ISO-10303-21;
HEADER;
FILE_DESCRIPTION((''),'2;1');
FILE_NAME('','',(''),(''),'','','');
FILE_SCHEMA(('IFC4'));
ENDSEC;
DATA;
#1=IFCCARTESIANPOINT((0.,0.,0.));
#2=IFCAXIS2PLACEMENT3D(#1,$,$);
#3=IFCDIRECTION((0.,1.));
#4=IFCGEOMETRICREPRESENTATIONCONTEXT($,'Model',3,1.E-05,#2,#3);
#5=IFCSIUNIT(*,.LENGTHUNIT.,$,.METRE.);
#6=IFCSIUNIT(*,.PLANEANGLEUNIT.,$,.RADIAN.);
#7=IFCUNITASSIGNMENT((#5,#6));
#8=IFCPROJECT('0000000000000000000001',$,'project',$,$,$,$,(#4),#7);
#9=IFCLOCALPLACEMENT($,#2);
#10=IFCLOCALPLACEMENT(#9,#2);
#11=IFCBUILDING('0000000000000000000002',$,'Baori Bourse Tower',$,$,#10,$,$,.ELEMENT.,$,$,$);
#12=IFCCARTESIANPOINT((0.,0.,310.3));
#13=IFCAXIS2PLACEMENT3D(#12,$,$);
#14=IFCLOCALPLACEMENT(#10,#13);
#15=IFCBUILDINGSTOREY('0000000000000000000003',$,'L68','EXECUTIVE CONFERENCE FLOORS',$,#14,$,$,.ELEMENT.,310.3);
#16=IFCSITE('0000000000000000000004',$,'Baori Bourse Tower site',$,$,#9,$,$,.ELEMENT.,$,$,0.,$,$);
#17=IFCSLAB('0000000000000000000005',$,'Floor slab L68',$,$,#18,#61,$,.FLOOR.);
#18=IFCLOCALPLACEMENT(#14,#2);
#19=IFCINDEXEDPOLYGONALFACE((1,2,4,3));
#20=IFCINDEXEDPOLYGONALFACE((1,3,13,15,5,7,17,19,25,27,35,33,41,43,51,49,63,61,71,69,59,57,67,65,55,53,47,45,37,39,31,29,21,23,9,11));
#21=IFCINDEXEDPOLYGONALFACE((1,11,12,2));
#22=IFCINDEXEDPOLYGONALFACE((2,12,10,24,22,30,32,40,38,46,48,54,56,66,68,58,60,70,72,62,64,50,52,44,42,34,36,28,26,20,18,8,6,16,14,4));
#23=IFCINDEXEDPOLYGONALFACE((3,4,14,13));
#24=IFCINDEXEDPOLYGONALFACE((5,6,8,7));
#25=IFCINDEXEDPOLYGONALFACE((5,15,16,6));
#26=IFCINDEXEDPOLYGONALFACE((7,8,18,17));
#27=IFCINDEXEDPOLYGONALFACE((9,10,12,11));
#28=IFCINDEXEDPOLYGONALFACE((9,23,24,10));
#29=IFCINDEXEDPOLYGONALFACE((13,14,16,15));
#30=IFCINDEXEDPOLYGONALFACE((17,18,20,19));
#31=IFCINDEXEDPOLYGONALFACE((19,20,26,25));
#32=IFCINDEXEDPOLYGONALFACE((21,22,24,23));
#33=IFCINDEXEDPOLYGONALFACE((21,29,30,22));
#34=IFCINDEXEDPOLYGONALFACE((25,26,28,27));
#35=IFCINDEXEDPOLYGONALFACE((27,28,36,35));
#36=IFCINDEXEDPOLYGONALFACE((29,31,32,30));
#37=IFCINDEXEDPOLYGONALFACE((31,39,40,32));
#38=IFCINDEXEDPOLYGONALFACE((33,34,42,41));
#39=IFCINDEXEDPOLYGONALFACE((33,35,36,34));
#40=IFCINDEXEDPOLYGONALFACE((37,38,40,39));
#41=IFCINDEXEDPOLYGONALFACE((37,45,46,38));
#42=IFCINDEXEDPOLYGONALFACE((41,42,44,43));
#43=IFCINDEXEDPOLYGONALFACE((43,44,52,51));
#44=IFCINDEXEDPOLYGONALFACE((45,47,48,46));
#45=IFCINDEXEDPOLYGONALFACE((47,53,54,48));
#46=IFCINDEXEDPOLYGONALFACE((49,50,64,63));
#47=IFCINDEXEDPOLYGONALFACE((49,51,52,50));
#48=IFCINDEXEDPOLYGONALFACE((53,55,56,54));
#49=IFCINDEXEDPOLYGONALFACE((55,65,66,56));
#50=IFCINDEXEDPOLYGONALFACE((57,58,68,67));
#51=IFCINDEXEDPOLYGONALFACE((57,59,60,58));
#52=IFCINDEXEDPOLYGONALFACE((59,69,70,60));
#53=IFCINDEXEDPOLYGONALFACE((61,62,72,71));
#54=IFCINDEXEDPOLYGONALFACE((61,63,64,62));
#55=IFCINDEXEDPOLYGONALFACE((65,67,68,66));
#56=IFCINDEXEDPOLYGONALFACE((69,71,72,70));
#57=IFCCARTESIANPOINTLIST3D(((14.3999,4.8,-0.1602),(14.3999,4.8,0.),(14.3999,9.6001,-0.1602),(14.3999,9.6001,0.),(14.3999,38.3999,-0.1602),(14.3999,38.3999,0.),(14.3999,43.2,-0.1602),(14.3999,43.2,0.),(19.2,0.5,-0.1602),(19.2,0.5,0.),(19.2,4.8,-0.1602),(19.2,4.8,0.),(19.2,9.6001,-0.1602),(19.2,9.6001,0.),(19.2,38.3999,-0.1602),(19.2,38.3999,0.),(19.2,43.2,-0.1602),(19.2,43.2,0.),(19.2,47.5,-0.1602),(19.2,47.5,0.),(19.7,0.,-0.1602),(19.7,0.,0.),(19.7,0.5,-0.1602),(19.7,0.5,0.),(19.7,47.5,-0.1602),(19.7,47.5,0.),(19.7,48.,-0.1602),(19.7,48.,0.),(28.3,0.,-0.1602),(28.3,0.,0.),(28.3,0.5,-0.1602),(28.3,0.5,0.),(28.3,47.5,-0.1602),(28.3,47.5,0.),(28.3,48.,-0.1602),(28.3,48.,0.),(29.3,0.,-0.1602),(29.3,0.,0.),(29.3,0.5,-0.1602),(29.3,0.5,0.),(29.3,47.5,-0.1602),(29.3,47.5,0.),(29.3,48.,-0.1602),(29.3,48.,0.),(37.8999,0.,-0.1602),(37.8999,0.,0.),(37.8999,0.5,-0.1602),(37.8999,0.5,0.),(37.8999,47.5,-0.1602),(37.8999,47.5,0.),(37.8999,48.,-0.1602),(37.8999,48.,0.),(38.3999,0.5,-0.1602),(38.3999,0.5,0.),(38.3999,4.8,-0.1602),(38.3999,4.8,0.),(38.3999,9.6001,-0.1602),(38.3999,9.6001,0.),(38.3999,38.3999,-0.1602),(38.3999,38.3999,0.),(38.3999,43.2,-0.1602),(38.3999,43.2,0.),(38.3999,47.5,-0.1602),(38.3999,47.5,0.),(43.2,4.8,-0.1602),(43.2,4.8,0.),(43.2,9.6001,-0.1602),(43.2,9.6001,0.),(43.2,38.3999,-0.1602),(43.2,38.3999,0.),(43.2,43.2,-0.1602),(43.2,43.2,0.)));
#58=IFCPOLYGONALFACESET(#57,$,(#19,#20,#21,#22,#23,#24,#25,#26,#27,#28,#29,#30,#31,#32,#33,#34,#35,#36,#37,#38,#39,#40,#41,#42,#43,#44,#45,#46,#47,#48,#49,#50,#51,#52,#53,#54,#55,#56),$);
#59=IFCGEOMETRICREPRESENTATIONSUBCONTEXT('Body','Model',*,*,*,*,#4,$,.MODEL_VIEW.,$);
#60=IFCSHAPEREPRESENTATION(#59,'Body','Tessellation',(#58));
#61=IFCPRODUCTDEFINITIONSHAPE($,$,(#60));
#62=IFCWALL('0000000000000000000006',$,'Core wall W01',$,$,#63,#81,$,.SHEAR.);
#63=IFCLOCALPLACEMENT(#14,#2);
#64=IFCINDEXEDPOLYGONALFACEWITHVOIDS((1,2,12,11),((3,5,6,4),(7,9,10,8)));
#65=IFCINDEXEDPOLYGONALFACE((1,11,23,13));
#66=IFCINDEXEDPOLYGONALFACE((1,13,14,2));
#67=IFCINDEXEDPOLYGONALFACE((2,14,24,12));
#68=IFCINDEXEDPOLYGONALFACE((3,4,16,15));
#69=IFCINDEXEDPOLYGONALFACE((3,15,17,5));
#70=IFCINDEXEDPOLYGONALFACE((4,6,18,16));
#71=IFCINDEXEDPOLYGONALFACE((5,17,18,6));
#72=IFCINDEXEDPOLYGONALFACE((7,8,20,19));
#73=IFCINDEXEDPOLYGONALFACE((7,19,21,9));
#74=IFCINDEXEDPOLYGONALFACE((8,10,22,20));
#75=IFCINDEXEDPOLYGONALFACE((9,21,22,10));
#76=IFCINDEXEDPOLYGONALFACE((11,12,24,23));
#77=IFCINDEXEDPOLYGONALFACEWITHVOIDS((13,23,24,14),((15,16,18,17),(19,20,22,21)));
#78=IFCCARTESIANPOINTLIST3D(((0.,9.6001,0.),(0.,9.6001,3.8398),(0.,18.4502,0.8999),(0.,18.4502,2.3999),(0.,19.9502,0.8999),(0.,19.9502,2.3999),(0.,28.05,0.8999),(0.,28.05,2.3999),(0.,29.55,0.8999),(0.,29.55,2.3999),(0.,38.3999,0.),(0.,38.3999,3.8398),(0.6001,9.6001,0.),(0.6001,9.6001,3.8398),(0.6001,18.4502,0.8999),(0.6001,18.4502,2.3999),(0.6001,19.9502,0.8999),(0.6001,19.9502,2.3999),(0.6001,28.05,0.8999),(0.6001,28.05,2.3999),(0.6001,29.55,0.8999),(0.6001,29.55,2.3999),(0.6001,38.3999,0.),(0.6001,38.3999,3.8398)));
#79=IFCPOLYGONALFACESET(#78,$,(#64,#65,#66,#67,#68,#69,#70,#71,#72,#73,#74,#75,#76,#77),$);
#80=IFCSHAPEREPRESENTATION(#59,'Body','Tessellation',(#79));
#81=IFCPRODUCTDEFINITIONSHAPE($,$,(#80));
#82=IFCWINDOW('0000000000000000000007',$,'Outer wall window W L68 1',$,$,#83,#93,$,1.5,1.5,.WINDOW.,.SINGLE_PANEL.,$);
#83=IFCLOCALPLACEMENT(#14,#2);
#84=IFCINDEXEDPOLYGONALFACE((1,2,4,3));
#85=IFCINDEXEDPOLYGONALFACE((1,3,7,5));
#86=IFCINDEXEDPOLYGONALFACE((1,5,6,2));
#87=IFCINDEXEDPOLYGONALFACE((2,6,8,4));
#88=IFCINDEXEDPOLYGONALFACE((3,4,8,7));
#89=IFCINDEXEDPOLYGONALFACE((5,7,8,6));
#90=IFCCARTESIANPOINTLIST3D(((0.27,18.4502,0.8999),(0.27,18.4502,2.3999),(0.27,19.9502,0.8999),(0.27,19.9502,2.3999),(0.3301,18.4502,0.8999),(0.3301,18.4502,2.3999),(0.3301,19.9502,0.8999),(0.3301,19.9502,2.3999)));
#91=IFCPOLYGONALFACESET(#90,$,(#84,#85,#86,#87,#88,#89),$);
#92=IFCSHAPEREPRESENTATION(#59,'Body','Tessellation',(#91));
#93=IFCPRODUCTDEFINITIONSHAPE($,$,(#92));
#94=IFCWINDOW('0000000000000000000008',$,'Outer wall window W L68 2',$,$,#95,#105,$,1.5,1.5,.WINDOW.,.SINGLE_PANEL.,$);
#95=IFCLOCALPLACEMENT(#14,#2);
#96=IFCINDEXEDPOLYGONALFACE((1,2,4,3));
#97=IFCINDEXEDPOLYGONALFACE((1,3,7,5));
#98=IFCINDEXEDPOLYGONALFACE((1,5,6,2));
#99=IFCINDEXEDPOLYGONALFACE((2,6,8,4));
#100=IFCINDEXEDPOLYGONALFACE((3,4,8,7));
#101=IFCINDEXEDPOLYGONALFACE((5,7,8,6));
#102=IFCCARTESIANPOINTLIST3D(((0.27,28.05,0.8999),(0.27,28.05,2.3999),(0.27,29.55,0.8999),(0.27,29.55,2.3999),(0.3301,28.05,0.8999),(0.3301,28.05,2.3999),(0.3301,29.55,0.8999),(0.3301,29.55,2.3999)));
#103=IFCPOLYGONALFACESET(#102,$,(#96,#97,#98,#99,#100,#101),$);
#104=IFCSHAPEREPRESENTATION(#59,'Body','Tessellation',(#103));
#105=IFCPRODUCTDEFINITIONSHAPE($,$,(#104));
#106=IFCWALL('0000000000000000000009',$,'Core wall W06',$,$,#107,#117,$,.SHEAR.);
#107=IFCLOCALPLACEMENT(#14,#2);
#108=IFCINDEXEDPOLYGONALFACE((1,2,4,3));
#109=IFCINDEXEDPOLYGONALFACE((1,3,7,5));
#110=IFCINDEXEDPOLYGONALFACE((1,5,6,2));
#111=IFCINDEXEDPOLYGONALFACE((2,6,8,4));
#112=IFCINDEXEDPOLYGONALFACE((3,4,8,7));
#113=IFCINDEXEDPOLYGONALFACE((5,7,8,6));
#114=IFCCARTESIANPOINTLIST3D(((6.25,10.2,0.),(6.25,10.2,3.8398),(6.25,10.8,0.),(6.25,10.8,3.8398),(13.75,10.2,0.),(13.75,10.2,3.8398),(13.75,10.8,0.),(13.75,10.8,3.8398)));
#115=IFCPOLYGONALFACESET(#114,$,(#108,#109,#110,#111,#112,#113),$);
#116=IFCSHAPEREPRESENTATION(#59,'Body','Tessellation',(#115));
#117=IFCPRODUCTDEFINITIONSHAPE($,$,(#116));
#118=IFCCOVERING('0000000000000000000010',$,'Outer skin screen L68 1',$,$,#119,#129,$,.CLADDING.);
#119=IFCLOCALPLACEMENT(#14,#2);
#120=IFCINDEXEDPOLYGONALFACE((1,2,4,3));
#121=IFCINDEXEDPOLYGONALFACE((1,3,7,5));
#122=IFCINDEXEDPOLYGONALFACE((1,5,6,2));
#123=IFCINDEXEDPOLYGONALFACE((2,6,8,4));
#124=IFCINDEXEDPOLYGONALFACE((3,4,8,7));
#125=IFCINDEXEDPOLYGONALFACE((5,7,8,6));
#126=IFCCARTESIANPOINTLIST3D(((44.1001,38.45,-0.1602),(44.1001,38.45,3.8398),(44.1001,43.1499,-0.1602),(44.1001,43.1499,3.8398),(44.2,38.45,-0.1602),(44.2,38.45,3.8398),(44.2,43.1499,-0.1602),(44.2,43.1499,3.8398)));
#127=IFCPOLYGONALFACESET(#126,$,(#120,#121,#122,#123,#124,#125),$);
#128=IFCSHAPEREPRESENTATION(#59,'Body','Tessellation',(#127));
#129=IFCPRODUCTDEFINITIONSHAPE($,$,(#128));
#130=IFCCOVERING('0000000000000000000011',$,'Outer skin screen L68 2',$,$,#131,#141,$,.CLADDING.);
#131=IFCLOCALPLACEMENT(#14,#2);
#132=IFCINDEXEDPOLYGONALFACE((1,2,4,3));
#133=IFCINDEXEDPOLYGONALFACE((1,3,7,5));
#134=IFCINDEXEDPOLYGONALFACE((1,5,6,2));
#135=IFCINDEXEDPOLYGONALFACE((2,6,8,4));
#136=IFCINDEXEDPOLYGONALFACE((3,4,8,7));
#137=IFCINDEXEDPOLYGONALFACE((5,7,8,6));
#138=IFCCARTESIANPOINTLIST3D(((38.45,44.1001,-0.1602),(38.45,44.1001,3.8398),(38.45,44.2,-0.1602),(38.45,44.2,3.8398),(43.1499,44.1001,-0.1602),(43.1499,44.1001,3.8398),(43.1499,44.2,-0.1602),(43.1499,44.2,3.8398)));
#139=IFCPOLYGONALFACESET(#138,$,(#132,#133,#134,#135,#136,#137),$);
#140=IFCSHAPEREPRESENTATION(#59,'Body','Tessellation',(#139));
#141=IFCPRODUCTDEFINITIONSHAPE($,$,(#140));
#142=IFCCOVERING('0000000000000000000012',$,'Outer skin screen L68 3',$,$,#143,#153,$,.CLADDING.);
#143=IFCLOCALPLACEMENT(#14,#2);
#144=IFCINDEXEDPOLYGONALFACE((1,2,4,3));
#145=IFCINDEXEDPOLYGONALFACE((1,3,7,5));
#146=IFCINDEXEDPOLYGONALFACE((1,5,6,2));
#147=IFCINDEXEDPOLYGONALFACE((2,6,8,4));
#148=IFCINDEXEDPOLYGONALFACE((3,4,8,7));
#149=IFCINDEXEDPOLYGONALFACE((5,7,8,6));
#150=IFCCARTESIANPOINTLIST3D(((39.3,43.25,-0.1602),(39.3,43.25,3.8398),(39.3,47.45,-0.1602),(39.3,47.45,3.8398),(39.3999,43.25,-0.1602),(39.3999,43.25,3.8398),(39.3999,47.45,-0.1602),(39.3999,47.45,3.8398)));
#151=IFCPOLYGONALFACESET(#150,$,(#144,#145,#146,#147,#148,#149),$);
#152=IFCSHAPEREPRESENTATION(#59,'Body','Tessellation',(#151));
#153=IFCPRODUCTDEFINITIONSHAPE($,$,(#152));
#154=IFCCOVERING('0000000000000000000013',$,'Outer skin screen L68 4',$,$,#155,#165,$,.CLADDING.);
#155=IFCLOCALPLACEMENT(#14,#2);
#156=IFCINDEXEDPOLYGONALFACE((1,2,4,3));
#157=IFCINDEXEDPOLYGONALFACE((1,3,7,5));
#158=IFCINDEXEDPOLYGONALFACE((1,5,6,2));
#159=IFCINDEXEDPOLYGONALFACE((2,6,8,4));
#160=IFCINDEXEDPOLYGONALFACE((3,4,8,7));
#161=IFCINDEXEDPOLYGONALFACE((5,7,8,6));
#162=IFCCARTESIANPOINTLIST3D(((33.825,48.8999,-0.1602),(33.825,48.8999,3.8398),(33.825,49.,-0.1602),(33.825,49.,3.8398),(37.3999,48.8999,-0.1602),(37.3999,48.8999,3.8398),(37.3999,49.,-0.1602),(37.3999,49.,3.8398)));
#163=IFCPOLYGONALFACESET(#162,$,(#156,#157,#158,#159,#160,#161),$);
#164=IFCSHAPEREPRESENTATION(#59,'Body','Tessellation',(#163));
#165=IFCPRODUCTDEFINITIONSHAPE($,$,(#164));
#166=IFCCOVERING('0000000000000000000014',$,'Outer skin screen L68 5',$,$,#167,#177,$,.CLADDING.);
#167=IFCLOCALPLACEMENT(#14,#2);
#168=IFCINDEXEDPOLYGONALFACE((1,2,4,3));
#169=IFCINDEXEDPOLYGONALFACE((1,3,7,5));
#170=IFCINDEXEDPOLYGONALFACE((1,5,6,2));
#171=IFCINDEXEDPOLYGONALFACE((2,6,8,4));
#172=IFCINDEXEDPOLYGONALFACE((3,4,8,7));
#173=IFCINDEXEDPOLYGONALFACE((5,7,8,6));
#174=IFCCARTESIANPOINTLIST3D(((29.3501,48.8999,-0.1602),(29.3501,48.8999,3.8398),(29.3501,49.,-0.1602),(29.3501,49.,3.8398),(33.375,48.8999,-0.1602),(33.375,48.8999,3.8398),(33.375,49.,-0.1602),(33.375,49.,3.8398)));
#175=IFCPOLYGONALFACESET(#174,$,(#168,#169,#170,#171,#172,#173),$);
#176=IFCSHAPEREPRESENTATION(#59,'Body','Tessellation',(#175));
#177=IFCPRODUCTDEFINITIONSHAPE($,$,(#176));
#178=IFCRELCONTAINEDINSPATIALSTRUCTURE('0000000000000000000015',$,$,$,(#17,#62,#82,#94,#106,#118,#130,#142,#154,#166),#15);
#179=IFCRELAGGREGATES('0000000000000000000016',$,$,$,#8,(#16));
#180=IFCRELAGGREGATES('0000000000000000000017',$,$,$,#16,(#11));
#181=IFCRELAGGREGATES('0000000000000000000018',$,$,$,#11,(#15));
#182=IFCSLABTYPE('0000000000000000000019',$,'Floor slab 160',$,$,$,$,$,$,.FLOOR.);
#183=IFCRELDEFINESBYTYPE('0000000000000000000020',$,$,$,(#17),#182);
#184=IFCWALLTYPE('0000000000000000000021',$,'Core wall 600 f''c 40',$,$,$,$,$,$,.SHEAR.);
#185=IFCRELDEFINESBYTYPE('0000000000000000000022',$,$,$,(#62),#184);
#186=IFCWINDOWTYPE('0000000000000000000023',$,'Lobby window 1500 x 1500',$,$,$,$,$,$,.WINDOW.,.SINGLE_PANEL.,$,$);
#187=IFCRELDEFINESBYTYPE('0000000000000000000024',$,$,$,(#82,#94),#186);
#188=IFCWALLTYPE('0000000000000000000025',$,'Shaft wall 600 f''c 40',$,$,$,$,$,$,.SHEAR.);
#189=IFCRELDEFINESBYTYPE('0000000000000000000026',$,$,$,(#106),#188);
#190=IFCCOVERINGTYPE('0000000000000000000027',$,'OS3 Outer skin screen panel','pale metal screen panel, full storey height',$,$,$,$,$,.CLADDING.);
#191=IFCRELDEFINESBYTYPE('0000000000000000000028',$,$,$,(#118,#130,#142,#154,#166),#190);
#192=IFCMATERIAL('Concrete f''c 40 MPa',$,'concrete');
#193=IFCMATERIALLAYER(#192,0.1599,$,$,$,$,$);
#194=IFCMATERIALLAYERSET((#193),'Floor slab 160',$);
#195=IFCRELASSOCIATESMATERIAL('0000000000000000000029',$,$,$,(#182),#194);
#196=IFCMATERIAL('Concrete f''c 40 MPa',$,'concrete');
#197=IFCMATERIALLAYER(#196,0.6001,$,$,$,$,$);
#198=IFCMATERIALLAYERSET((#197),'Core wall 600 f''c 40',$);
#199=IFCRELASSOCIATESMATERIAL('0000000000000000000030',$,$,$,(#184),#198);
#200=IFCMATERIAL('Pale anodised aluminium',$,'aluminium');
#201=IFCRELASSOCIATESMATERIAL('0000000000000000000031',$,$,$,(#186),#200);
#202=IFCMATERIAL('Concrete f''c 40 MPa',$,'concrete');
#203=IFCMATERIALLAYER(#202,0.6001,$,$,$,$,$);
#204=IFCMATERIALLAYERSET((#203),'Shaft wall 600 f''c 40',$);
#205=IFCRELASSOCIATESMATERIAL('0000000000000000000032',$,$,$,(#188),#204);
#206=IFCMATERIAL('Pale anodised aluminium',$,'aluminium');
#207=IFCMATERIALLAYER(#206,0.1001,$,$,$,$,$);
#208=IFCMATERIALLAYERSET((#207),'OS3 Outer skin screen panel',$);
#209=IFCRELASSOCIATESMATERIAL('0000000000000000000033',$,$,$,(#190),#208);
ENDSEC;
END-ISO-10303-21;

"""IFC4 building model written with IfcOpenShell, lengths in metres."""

from ifc_helpers import new_model, si_unit, direction, frame, frame_2d, origin, place, context, subcontext, project, spatial, polyline, rectangle, outline, extrude, material, layer, layer_set, type_object, element, fill, save


model = new_model("IFC4")

# Units and contexts
model_context = context("Model", 3, precision=1e-05, world=origin(), true_north=direction((0.0, 1.0)))
body_context = subcontext(model_context, "Body", "Model", "MODEL_VIEW")
ifc_project = project(units=[si_unit("LENGTHUNIT", "METRE"), si_unit("PLANEANGLEUNIT", "RADIAN")], contexts=[model_context])

# Site, building, storey
site_placement = place(None, origin())
site = spatial("IfcSite", under=ifc_project, at=site_placement, Name="Baori Bourse Tower site", CompositionType="ELEMENT", RefElevation=0.0)
building_placement = place(site_placement, origin())
building = spatial("IfcBuilding", under=site, at=building_placement, Name="Baori Bourse Tower", CompositionType="ELEMENT")
storey_placement = place(building_placement, frame((0.0, 0.0, 310.3)))
storey = spatial("IfcBuildingStorey", under=building, at=storey_placement, Name="L68", Description="EXECUTIVE CONFERENCE FLOORS", CompositionType="ELEMENT", Elevation=310.3)

# Slab
ifc_material_1 = material(Name="Concrete f'c 40 MPa", Category="concrete")
ifc_layer_1 = layer(ifc_material_1, 0.1599)
ifc_layer_set_1 = layer_set([ifc_layer_1], Name="Floor slab 160")
slab_type_1 = type_object("IfcSlabType", Name="Floor slab 160", PredefinedType="FLOOR", material=ifc_layer_set_1)
slab_1_placement = place(storey_placement, frame((0.0, 0.0, -0.1602)))
element("IfcSlab", 1, at=slab_1_placement, inside=storey, type_object=slab_type_1, Name="Floor slab L68", PredefinedType="FLOOR", context=body_context, shape_type="SweptSolid", body=[
    extrude(outline(polyline([(19.2, 4.8), (14.3999, 4.8), (14.3999, 9.6001), (19.2, 9.6001), (19.2, 38.3999), (14.3999, 38.3999), (14.3999, 43.2), (19.2, 43.2), (19.2, 47.5), (19.7, 47.5), (19.7, 48.0), (28.3, 48.0), (28.3, 47.5), (29.3, 47.5), (29.3, 48.0), (37.8999, 48.0), (37.8999, 47.5), (38.3999, 47.5), (38.3999, 43.2), (43.2, 43.2), (43.2, 38.3999), (38.3999, 38.3999), (38.3999, 9.6001), (43.2, 9.6001), (43.2, 4.8), (38.3999, 4.8), (38.3999, 0.5), (37.8999, 0.5), (37.8999, 0.0), (29.3, 0.0), (29.3, 0.5), (28.3, 0.5), (28.3, 0.0), (19.7, 0.0), (19.7, 0.5), (19.2, 0.5), (19.2, 4.8)])), origin(), (0.0, 0.0, 1.0), 0.1602),
])

# Wall, openings, windows
ifc_material_2 = material(Name="Concrete f'c 40 MPa", Category="concrete")
ifc_layer_2 = layer(ifc_material_2, 0.6001)
ifc_layer_set_2 = layer_set([ifc_layer_2], Name="Core wall 600 f'c 40")
wall_type_1 = type_object("IfcWallType", Name="Core wall 600 f'c 40", PredefinedType="SHEAR", material=ifc_layer_set_2)
wall_1_placement = place(storey_placement, frame((0.3, 9.6001, 0.0), z_axis=(0.0, 0.0, 1.0), x_axis=(0.0, 1.0, 0.0)))
wall_1 = element("IfcWall", 2, at=wall_1_placement, inside=storey, type_object=wall_type_1, Name="Core wall W01", PredefinedType="SHEAR", context=body_context, shape_type="SweptSolid", body=[
    extrude(rectangle(XDim=28.7998, YDim=0.6001, at=frame_2d((14.3999, 0.0))), origin(), (0.0, 0.0, 1.0), 3.8398),
])
opening_1_placement = place(wall_1_placement, frame((8.8501, 0.0, 0.8999)))
opening_1 = element("IfcOpeningElement", 3, at=opening_1_placement, cuts=wall_1, PredefinedType="OPENING", context=body_context, shape_type="SweptSolid", body=[
    extrude(rectangle(XDim=1.5, YDim=1.5, at=frame_2d((0.75, 0.75))), frame((0.0, 0.3101, 0.0), z_axis=(0.0, -1.0, 0.0), x_axis=(1.0, 0.0, 0.0)), (0.0, 0.0, 1.0), 0.6201),
])
opening_2_placement = place(wall_1_placement, frame((18.45, 0.0, 0.8999)))
opening_2 = element("IfcOpeningElement", 4, at=opening_2_placement, cuts=wall_1, PredefinedType="OPENING", context=body_context, shape_type="SweptSolid", body=[
    extrude(rectangle(XDim=1.5, YDim=1.5, at=frame_2d((0.75, 0.75))), frame((0.0, 0.3101, 0.0), z_axis=(0.0, -1.0, 0.0), x_axis=(1.0, 0.0, 0.0)), (0.0, 0.0, 1.0), 0.6201),
])
ifc_material_3 = material(Name="Pale anodised aluminium", Category="aluminium")
window_type = type_object("IfcWindowType", Name="Lobby window 1500 x 1500", PartitioningType="SINGLE_PANEL", PredefinedType="WINDOW", material=ifc_material_3)
window_1_placement = place(opening_1_placement, origin())
window_1 = element("IfcWindow", 5, at=window_1_placement, inside=storey, type_object=window_type, Name="Outer wall window W L68 1", OverallHeight=1.5, OverallWidth=1.5, PartitioningType="SINGLE_PANEL", PredefinedType="WINDOW", context=body_context, shape_type="SweptSolid", body=[
    extrude(rectangle(XDim=1.5, YDim=1.5, at=frame_2d((0.75, 0.75))), frame((0.0, 0.03, 0.0), z_axis=(0.0, -1.0, 0.0), x_axis=(1.0, 0.0, 0.0)), (0.0, 0.0, 1.0), 0.0601),
])
fill(opening_1, window_1)
window_2_placement = place(opening_2_placement, origin())
window_2 = element("IfcWindow", 6, at=window_2_placement, inside=storey, type_object=window_type, Name="Outer wall window W L68 2", OverallHeight=1.5, OverallWidth=1.5, PartitioningType="SINGLE_PANEL", PredefinedType="WINDOW", context=body_context, shape_type="SweptSolid", body=[
    extrude(rectangle(XDim=1.5, YDim=1.5, at=frame_2d((0.75, 0.75))), frame((0.0, 0.03, 0.0), z_axis=(0.0, -1.0, 0.0), x_axis=(1.0, 0.0, 0.0)), (0.0, 0.0, 1.0), 0.0601),
])
fill(opening_2, window_2)

# Wall
ifc_material_4 = material(Name="Concrete f'c 40 MPa", Category="concrete")
ifc_layer_3 = layer(ifc_material_4, 0.6001)
ifc_layer_set_3 = layer_set([ifc_layer_3], Name="Shaft wall 600 f'c 40")
wall_type_2 = type_object("IfcWallType", Name="Shaft wall 600 f'c 40", PredefinedType="SHEAR", material=ifc_layer_set_3)
wall_2_placement = place(storey_placement, frame((6.25, 10.5, 0.0), z_axis=(0.0, 0.0, 1.0), x_axis=(1.0, 0.0, 0.0)))
element("IfcWall", 7, at=wall_2_placement, inside=storey, type_object=wall_type_2, Name="Core wall W06", PredefinedType="SHEAR", context=body_context, shape_type="SweptSolid", body=[
    extrude(rectangle(XDim=7.5, YDim=0.6001, at=frame_2d((3.75, 0.0))), origin(), (0.0, 0.0, 1.0), 3.8398),
])

# Coverings
ifc_material_5 = material(Name="Pale anodised aluminium", Category="aluminium")
ifc_layer_4 = layer(ifc_material_5, 0.1001)
ifc_layer_set_4 = layer_set([ifc_layer_4], Name="OS3 Outer skin screen panel")
covering_type = type_object("IfcCoveringType", Name="OS3 Outer skin screen panel", Description="pale metal screen panel, full storey height", PredefinedType="CLADDING", material=ifc_layer_set_4)
covering_1_placement = place(storey_placement, frame((0.0, 0.0, -0.1602)))
element("IfcCovering", 8, at=covering_1_placement, inside=storey, type_object=covering_type, Name="Outer skin screen L68 1", PredefinedType="CLADDING", context=body_context, shape_type="SweptSolid", body=[
    extrude(outline(polyline([(44.1001, 43.1499), (44.1001, 38.45), (44.2, 38.45), (44.2, 43.1499), (44.1001, 43.1499)])), origin(), (0.0, 0.0, 1.0), 4.0),
])
covering_2_placement = place(storey_placement, frame((0.0, 0.0, -0.1602)))
element("IfcCovering", 9, at=covering_2_placement, inside=storey, type_object=covering_type, Name="Outer skin screen L68 2", PredefinedType="CLADDING", context=body_context, shape_type="SweptSolid", body=[
    extrude(outline(polyline([(38.45, 44.1001), (43.1499, 44.1001), (43.1499, 44.2), (38.45, 44.2), (38.45, 44.1001)])), origin(), (0.0, 0.0, 1.0), 4.0),
])
covering_3_placement = place(storey_placement, frame((0.0, 0.0, -0.1602)))
element("IfcCovering", 10, at=covering_3_placement, inside=storey, type_object=covering_type, Name="Outer skin screen L68 3", PredefinedType="CLADDING", context=body_context, shape_type="SweptSolid", body=[
    extrude(outline(polyline([(39.3, 47.45), (39.3, 43.25), (39.3999, 43.25), (39.3999, 47.45), (39.3, 47.45)])), origin(), (0.0, 0.0, 1.0), 4.0),
])
covering_4_placement = place(storey_placement, frame((0.0, 0.0, -0.1602)))
element("IfcCovering", 11, at=covering_4_placement, inside=storey, type_object=covering_type, Name="Outer skin screen L68 4", PredefinedType="CLADDING", context=body_context, shape_type="SweptSolid", body=[
    extrude(outline(polyline([(33.825, 48.8999), (37.3999, 48.8999), (37.3999, 49.0), (33.825, 49.0), (33.825, 48.8999)])), origin(), (0.0, 0.0, 1.0), 4.0),
])
covering_5_placement = place(storey_placement, frame((0.0, 0.0, -0.1602)))
element("IfcCovering", 12, at=covering_5_placement, inside=storey, type_object=covering_type, Name="Outer skin screen L68 5", PredefinedType="CLADDING", context=body_context, shape_type="SweptSolid", body=[
    extrude(outline(polyline([(29.3501, 48.8999), (33.375, 48.8999), (33.375, 49.0), (29.3501, 49.0), (29.3501, 48.8999)])), origin(), (0.0, 0.0, 1.0), 4.0),
])

save(model, "model.ifc")
